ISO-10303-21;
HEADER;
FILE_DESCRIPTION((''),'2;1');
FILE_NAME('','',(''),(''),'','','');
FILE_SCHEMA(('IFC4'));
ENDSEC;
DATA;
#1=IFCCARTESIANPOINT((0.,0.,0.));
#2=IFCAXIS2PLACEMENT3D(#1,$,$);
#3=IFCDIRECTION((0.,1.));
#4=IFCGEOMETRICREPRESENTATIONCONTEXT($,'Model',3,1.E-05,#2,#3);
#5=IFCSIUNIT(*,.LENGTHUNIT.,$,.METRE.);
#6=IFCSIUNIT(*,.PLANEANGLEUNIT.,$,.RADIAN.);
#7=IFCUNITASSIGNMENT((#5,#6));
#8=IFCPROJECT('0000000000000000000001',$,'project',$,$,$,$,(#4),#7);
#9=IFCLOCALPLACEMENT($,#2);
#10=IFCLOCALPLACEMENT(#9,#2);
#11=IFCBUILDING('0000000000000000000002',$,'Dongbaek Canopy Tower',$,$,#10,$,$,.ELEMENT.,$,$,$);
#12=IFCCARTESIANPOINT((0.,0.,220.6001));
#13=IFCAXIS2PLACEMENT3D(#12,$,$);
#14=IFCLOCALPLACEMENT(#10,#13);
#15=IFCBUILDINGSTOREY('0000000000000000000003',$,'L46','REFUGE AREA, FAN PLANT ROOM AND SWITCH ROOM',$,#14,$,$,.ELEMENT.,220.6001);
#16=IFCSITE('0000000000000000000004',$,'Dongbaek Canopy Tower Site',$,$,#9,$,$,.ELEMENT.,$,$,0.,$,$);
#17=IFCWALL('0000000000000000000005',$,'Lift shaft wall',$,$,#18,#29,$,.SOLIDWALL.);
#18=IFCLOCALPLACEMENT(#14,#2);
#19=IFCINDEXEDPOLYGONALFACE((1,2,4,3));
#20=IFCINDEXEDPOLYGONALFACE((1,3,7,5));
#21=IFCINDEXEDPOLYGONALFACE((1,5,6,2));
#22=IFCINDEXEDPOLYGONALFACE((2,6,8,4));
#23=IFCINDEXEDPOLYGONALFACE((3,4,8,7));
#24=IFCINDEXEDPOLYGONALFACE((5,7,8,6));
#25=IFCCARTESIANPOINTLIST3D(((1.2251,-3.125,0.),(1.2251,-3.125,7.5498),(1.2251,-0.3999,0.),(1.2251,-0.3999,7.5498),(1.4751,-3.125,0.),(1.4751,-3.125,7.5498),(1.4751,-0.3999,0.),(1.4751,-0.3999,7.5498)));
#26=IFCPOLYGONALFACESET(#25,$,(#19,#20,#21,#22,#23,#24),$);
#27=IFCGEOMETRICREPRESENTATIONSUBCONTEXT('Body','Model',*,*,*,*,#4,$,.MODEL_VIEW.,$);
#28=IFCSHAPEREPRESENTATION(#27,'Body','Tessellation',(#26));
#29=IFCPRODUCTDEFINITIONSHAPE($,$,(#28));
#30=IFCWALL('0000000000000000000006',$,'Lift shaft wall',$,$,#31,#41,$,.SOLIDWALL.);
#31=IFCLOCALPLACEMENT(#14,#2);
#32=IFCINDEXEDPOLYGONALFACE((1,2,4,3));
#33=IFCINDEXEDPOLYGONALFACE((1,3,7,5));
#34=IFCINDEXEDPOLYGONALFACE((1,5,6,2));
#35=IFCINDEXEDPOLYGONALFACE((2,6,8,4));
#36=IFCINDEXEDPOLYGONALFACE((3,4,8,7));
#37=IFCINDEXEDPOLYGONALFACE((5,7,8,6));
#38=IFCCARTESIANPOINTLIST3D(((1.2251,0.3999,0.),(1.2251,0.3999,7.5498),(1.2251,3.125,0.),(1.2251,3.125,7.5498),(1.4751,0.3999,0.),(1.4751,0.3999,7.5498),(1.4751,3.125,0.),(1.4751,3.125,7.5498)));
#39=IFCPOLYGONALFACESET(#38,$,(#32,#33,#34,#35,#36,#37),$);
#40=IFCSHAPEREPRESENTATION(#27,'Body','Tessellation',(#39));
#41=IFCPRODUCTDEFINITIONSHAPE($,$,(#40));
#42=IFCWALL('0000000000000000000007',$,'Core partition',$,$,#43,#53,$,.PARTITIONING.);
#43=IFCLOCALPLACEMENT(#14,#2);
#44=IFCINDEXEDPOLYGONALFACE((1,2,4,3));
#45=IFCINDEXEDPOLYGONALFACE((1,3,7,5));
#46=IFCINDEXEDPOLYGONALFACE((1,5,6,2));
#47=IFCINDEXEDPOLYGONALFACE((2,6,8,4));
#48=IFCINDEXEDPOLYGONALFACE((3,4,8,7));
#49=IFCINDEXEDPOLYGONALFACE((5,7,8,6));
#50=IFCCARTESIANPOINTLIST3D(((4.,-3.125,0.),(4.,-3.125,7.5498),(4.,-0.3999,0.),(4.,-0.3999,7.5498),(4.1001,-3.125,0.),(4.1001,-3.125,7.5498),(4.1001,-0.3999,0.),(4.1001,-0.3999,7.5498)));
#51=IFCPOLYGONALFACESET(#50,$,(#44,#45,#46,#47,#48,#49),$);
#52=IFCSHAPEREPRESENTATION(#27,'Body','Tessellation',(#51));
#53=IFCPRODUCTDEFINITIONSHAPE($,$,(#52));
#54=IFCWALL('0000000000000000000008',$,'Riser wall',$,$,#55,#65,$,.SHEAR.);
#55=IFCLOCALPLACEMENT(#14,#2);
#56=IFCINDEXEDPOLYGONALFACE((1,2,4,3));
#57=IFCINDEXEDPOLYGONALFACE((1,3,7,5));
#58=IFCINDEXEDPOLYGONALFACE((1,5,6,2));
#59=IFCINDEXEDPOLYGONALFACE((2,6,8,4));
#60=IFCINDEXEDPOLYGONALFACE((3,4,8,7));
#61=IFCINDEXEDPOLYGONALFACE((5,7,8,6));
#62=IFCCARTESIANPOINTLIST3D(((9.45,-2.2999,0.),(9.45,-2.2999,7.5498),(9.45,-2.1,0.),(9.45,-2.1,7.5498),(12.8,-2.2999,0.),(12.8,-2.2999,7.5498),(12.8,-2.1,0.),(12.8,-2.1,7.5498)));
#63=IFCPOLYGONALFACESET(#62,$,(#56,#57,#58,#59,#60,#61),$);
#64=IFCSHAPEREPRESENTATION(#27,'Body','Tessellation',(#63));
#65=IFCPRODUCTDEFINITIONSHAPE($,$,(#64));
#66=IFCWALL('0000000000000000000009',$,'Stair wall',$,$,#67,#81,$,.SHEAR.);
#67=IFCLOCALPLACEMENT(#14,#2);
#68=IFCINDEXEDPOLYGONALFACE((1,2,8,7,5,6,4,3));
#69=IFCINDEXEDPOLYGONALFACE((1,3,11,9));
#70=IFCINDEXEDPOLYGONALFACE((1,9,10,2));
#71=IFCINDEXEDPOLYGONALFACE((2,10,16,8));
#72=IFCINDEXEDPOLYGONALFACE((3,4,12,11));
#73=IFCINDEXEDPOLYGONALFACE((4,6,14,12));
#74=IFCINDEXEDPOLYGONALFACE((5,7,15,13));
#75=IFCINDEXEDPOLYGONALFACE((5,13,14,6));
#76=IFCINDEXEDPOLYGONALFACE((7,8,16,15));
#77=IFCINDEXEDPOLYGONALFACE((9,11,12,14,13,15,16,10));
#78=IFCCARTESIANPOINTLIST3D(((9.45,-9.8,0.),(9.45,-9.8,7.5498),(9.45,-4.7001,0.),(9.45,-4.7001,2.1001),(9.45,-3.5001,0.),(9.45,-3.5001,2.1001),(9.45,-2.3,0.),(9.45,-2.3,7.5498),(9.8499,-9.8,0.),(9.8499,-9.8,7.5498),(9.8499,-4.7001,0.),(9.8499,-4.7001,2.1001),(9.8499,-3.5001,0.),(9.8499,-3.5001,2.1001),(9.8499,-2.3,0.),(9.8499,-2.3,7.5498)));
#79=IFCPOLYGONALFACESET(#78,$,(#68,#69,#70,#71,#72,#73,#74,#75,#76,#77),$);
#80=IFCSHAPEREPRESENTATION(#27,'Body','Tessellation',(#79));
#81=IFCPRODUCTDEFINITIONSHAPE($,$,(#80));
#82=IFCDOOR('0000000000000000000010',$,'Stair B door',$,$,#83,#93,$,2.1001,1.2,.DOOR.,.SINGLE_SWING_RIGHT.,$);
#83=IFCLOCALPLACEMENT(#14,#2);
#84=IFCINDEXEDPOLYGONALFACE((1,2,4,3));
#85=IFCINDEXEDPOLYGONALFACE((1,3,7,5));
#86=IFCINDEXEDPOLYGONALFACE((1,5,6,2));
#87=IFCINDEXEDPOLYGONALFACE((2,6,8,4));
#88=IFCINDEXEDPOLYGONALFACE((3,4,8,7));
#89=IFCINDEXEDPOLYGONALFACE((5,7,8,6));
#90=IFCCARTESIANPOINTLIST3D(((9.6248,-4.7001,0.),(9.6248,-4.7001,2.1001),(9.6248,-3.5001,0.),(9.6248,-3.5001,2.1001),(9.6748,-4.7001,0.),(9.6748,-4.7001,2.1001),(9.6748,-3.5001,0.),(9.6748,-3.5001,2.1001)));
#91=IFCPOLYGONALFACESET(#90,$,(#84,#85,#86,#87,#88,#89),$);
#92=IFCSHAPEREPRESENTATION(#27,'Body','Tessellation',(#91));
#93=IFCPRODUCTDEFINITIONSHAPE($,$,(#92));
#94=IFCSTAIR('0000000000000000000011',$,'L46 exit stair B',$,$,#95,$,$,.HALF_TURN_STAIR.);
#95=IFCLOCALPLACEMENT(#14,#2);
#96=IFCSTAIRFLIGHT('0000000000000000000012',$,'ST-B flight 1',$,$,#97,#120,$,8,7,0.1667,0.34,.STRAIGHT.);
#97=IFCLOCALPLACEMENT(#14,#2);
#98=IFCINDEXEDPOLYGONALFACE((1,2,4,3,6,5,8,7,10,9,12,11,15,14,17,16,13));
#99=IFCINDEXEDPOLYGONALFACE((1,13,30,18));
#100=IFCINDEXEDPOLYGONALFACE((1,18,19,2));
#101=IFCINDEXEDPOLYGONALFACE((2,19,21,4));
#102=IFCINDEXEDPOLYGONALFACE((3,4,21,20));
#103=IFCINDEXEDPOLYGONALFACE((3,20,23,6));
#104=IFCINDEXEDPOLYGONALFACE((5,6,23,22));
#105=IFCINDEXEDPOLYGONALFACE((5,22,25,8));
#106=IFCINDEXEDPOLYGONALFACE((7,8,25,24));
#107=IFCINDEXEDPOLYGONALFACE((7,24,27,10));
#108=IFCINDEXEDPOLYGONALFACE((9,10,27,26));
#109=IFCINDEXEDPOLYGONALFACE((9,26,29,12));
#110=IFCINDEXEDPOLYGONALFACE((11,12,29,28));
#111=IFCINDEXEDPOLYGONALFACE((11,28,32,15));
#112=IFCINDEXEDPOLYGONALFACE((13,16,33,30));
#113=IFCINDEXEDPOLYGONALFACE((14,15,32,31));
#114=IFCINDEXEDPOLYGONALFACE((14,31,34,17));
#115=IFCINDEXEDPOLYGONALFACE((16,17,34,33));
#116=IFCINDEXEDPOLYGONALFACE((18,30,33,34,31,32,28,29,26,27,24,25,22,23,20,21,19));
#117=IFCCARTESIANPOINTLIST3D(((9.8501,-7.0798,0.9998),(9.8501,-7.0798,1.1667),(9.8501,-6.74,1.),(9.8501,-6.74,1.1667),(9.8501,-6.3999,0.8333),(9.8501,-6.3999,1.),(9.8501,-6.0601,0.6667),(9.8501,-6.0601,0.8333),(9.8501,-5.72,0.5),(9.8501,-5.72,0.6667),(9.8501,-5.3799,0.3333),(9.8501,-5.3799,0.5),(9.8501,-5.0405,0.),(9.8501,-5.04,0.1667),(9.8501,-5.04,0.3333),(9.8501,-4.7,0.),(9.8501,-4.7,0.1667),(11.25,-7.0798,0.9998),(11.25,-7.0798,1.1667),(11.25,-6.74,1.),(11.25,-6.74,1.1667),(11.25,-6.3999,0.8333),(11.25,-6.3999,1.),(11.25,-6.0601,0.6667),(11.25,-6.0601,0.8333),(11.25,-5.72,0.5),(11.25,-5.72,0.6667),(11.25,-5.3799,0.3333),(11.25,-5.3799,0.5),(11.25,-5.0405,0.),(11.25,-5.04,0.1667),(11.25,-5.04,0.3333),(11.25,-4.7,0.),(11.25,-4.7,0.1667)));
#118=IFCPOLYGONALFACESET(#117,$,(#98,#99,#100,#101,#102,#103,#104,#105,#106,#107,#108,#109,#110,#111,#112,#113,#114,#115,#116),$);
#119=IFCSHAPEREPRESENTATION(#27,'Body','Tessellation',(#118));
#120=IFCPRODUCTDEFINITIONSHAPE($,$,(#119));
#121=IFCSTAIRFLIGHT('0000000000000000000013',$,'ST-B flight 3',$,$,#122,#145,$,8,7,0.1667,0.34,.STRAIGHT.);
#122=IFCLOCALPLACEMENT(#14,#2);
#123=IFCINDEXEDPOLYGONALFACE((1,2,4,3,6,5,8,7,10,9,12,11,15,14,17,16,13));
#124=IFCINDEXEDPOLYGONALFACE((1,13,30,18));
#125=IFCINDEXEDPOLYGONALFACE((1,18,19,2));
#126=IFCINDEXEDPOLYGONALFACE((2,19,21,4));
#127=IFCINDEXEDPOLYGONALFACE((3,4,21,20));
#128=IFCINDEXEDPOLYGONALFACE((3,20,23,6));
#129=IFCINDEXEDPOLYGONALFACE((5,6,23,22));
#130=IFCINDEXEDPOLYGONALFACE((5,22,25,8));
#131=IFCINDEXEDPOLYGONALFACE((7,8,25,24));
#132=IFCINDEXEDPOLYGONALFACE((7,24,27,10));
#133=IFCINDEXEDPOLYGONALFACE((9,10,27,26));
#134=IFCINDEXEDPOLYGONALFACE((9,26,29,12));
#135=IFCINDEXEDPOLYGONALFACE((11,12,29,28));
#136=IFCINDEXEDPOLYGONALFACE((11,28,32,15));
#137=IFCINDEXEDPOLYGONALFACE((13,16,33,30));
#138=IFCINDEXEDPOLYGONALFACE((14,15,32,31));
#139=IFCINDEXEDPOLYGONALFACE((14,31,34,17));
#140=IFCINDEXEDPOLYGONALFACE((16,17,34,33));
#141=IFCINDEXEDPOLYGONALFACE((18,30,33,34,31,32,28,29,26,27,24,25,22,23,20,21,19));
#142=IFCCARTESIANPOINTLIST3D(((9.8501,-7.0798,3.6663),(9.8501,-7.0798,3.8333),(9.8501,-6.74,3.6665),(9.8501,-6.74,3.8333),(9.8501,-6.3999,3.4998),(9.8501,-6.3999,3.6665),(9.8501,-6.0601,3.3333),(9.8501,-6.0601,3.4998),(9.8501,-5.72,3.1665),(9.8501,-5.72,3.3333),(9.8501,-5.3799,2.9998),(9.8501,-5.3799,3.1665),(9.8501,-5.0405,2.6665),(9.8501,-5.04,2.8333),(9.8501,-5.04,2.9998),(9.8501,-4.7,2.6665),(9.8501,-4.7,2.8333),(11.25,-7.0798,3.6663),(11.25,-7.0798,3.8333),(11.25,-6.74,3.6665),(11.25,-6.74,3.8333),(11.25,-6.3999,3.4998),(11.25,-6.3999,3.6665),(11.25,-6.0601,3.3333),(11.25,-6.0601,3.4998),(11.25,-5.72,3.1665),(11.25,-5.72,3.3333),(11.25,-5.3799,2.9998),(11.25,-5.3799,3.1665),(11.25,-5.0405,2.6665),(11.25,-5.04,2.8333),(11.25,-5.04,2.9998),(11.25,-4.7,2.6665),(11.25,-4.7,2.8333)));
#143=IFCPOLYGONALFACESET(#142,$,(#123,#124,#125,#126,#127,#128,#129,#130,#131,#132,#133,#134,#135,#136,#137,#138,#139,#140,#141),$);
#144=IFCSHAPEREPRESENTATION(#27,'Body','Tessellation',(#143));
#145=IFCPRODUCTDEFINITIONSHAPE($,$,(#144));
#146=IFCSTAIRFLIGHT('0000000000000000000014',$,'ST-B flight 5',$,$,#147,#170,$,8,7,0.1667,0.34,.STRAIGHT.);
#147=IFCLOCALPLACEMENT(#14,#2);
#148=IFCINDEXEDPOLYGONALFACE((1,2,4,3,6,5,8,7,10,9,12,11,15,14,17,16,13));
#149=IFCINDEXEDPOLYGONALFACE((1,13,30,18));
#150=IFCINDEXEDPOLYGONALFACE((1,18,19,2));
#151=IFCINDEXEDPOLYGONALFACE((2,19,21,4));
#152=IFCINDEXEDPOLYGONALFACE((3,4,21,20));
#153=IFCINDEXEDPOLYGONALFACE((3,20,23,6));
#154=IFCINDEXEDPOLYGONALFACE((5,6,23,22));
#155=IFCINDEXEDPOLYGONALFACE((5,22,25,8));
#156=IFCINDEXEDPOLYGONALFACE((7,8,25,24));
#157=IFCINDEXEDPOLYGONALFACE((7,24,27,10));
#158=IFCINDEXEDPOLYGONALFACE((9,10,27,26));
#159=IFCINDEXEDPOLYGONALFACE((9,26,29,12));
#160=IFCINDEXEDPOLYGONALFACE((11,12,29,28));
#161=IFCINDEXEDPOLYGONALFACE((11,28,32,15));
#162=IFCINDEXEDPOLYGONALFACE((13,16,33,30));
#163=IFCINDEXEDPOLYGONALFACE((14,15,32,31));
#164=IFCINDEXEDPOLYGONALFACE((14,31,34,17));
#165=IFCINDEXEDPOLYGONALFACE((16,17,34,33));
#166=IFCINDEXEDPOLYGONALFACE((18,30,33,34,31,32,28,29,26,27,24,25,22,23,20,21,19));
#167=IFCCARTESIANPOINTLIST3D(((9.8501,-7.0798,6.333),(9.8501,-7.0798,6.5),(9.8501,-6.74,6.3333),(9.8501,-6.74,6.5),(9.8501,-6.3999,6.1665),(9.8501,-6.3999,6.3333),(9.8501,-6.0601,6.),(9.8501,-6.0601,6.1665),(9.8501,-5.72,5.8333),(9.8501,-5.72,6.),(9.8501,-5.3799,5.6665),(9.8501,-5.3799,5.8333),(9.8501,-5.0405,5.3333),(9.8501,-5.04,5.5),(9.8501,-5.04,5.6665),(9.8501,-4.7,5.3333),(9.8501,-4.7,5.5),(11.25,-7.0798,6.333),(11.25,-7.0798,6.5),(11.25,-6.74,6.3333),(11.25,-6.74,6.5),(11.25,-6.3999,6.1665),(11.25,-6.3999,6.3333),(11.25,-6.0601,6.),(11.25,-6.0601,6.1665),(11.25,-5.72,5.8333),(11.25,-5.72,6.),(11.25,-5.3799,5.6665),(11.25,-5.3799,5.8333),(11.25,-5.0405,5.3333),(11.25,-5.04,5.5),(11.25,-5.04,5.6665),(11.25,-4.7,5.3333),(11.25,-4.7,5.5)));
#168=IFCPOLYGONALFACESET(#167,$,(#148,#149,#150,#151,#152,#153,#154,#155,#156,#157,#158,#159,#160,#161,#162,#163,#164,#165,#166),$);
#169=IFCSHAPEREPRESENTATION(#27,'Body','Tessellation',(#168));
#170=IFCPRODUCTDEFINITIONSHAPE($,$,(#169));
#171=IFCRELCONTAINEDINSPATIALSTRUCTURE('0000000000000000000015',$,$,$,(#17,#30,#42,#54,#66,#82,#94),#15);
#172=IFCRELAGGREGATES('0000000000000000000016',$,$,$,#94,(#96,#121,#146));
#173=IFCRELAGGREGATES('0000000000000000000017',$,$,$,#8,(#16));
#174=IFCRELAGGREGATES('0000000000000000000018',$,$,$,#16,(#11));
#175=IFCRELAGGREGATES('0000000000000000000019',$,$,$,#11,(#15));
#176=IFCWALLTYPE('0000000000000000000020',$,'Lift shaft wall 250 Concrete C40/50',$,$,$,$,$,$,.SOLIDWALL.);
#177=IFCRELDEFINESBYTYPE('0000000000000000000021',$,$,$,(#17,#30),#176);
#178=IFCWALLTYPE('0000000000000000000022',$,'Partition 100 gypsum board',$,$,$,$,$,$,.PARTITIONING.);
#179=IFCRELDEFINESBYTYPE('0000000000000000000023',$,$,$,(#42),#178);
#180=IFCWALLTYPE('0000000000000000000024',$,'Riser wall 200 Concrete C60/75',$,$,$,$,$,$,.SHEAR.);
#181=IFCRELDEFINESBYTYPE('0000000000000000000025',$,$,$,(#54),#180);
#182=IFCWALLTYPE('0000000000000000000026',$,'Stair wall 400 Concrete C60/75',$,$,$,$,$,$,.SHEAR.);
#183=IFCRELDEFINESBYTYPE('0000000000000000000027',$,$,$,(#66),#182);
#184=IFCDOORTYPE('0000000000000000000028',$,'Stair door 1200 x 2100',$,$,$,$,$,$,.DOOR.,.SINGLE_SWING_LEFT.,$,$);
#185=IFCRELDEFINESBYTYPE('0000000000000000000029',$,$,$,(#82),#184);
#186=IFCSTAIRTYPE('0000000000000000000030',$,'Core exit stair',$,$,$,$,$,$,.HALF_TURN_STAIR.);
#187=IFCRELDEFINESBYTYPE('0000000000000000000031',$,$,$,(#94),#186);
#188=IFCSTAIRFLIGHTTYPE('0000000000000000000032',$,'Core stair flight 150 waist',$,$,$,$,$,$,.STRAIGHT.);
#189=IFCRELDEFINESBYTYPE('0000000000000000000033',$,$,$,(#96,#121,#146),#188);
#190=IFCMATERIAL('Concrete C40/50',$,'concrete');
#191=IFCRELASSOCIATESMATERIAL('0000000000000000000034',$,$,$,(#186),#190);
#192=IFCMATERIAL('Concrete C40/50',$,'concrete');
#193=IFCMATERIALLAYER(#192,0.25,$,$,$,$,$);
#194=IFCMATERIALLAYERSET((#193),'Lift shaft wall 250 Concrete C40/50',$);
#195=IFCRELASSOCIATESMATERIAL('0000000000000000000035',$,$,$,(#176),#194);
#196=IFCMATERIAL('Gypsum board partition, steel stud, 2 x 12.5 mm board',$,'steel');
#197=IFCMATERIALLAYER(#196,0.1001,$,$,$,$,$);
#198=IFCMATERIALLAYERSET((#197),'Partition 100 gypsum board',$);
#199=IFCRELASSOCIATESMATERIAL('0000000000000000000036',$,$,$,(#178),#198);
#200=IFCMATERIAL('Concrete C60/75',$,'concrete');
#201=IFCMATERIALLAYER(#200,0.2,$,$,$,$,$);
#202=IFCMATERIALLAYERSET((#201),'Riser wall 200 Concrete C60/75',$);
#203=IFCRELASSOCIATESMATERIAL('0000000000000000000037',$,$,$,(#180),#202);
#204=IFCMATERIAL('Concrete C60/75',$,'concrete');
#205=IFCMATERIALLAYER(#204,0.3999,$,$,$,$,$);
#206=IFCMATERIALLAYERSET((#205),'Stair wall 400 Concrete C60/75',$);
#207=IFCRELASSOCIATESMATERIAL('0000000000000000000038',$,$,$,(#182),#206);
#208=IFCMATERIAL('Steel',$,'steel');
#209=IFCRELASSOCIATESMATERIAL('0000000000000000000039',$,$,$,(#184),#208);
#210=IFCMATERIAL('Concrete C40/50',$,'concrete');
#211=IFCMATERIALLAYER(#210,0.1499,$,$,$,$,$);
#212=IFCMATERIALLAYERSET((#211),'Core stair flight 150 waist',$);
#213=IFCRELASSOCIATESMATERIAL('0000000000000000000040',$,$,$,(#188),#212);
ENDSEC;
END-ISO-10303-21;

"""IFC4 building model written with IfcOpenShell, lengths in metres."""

from ifc_helpers import new_model, si_unit, direction, frame, frame_2d, origin, place, context, subcontext, project, spatial, polyline, rectangle, outline, extrude, material, layer, layer_set, type_object, element, fill, aggregate, save


model = new_model("IFC4")

# Units and contexts
model_context = context("Model", 3, precision=1e-05, world=origin(), true_north=direction((0.0, 1.0)))
body_context = subcontext(model_context, "Body", "Model", "MODEL_VIEW")
ifc_project = project(units=[si_unit("LENGTHUNIT", "METRE"), si_unit("PLANEANGLEUNIT", "RADIAN")], contexts=[model_context])

# Site, building, storey
site_placement = place(None, origin())
site = spatial("IfcSite", under=ifc_project, at=site_placement, Name="Dongbaek Canopy Tower Site", CompositionType="ELEMENT", RefElevation=0.0)
building_placement = place(site_placement, origin())
building = spatial("IfcBuilding", under=site, at=building_placement, Name="Dongbaek Canopy Tower", CompositionType="ELEMENT")
storey_placement = place(building_placement, frame((0.0, 0.0, 220.6001)))
storey = spatial("IfcBuildingStorey", under=building, at=storey_placement, Name="L46", Description="REFUGE AREA, FAN PLANT ROOM AND SWITCH ROOM", CompositionType="ELEMENT", Elevation=220.6001)

# Shared definitions
ifc_material_1 = material(Name="Concrete C40/50", Category="concrete")
stair_type = type_object("IfcStairType", Name="Core exit stair", PredefinedType="HALF_TURN_STAIR", material=ifc_material_1)

# Walls
ifc_material_2 = material(Name="Concrete C40/50", Category="concrete")
ifc_layer_1 = layer(ifc_material_2, 0.25)
ifc_layer_set_1 = layer_set([ifc_layer_1], Name="Lift shaft wall 250 Concrete C40/50")
wall_type_1 = type_object("IfcWallType", Name="Lift shaft wall 250 Concrete C40/50", PredefinedType="SOLIDWALL", material=ifc_layer_set_1)
for number, where, z_axis, x_axis, name in (
    (1, (1.3501, -3.125, 0.0), (0.0, 0.0, 1.0), (0.0, 1.0, 0.0), "Lift shaft wall"),
    (2, (1.3501, 0.3999, 0.0), (0.0, 0.0, 1.0), (0.0, 1.0, 0.0), "Lift shaft wall"),
):
    element("IfcWall", number, at=place(storey_placement, frame(where, z_axis=z_axis, x_axis=x_axis)), inside=storey, type_object=wall_type_1, Name=name, PredefinedType="SOLIDWALL", context=body_context, shape_type="SweptSolid", body=[
        extrude(rectangle(XDim=2.7251, YDim=0.25, at=frame_2d((1.3625, 0.0))), origin(), (0.0, 0.0, 1.0), 7.5498),
    ])
ifc_material_3 = material(Name="Gypsum board partition, steel stud, 2 x 12.5 mm board", Category="steel")
ifc_layer_2 = layer(ifc_material_3, 0.1001)
ifc_layer_set_2 = layer_set([ifc_layer_2], Name="Partition 100 gypsum board")
wall_type_2 = type_object("IfcWallType", Name="Partition 100 gypsum board", PredefinedType="PARTITIONING", material=ifc_layer_set_2)
wall_1_placement = place(storey_placement, frame((4.05, -3.125, 0.0), z_axis=(0.0, 0.0, 1.0), x_axis=(0.0, 1.0, 0.0)))
element("IfcWall", 3, at=wall_1_placement, inside=storey, type_object=wall_type_2, Name="Core partition", PredefinedType="PARTITIONING", context=body_context, shape_type="SweptSolid", body=[
    extrude(rectangle(XDim=2.7251, YDim=0.1001, at=frame_2d((1.3625, 0.0))), origin(), (0.0, 0.0, 1.0), 7.5498),
])
ifc_material_4 = material(Name="Concrete C60/75", Category="concrete")
ifc_layer_3 = layer(ifc_material_4, 0.2)
ifc_layer_set_3 = layer_set([ifc_layer_3], Name="Riser wall 200 Concrete C60/75")
wall_type_3 = type_object("IfcWallType", Name="Riser wall 200 Concrete C60/75", PredefinedType="SHEAR", material=ifc_layer_set_3)
wall_2_placement = place(storey_placement, frame((9.45, -2.2, 0.0), z_axis=(0.0, 0.0, 1.0), x_axis=(1.0, 0.0, 0.0)))
element("IfcWall", 4, at=wall_2_placement, inside=storey, type_object=wall_type_3, Name="Riser wall", PredefinedType="SHEAR", context=body_context, shape_type="SweptSolid", body=[
    extrude(rectangle(XDim=3.3501, YDim=0.2, at=frame_2d((1.675, 0.0))), origin(), (0.0, 0.0, 1.0), 7.5498),
])

# Wall, opening, door
ifc_material_5 = material(Name="Concrete C60/75", Category="concrete")
ifc_layer_4 = layer(ifc_material_5, 0.3999)
ifc_layer_set_4 = layer_set([ifc_layer_4], Name="Stair wall 400 Concrete C60/75")
wall_type_4 = type_object("IfcWallType", Name="Stair wall 400 Concrete C60/75", PredefinedType="SHEAR", material=ifc_layer_set_4)
wall_3_placement = place(storey_placement, frame((9.6499, -2.3, 0.0), z_axis=(0.0, 0.0, 1.0), x_axis=(0.0, -1.0, 0.0)))
wall_3 = element("IfcWall", 5, at=wall_3_placement, inside=storey, type_object=wall_type_4, Name="Stair wall", PredefinedType="SHEAR", context=body_context, shape_type="SweptSolid", body=[
    extrude(rectangle(XDim=7.5, YDim=0.3999, at=frame_2d((3.75, 0.0))), origin(), (0.0, 0.0, 1.0), 7.5498),
])
opening_1_placement = place(wall_3_placement, frame((1.2, 0.0, 0.0)))
opening_1 = element("IfcOpeningElement", 6, at=opening_1_placement, cuts=wall_3, PredefinedType="OPENING", context=body_context, shape_type="SweptSolid", body=[
    extrude(rectangle(XDim=1.2, YDim=2.1001, at=frame_2d((0.6001, 1.05))), frame((0.0, 0.21, 0.0), z_axis=(0.0, -1.0, 0.0), x_axis=(1.0, 0.0, 0.0)), (0.0, 0.0, 1.0), 0.4199),
])
ifc_material_6 = material(Name="Steel", Category="steel")
door_type_1 = type_object("IfcDoorType", Name="Stair door 1200 x 2100", OperationType="SINGLE_SWING_LEFT", PredefinedType="DOOR", material=ifc_material_6)
door_1_placement = place(opening_1_placement, origin())
door_1 = element("IfcDoor", 7, at=door_1_placement, inside=storey, type_object=door_type_1, Name="Stair B door", OperationType="SINGLE_SWING_RIGHT", OverallHeight=2.1001, OverallWidth=1.2, PredefinedType="DOOR", context=body_context, shape_type="SweptSolid", body=[
    extrude(rectangle(XDim=1.2, YDim=2.1001, at=frame_2d((0.6001, 1.05))), frame((0.0, 0.0249, 0.0), z_axis=(0.0, -1.0, 0.0), x_axis=(1.0, 0.0, 0.0)), (0.0, 0.0, 1.0), 0.05),
])
fill(opening_1, door_1)

# Stair, stair flights
stair_1_placement = place(storey_placement, origin())
stair_1 = element("IfcStair", 8, at=stair_1_placement, inside=storey, type_object=stair_type, Name="L46 exit stair B", PredefinedType="HALF_TURN_STAIR")
ifc_material_7 = material(Name="Concrete C40/50", Category="concrete")
ifc_layer_5 = layer(ifc_material_7, 0.1499)
ifc_layer_set_5 = layer_set([ifc_layer_5], Name="Core stair flight 150 waist")
stair_flight_type = type_object("IfcStairFlightType", Name="Core stair flight 150 waist", PredefinedType="STRAIGHT", material=ifc_layer_set_5)
stair_flight_1_placement = place(storey_placement, frame((10.55, -4.7, 0.0), z_axis=(0.0, 0.0, 1.0), x_axis=(0.0, -1.0, 0.0)))
stair_flight_1 = element("IfcStairFlight", 9, at=stair_flight_1_placement, type_object=stair_flight_type, Name="ST-B flight 1", NumberOfRisers=8, NumberOfTreads=7, PredefinedType="STRAIGHT", RiserHeight=0.1667, TreadLength=0.34, context=body_context, shape_type="SweptSolid", body=[
    extrude(outline(polyline([(0.0, 0.0), (0.0, 0.1667), (0.3401, 0.1667), (0.3401, 0.3333), (0.6799, 0.3333), (0.6799, 0.5), (1.02, 0.5), (1.02, 0.6667), (1.3601, 0.6667), (1.3601, 0.8333), (1.7, 0.8333), (1.7, 1.0), (2.04, 1.0), (2.04, 1.1667), (2.3799, 1.1667), (2.3799, 1.3333), (2.3799, 0.9998), (0.3406, 0.0), (0.0, 0.0)])), frame((0.0, 0.7, 0.0), z_axis=(0.0, -1.0, 0.0), x_axis=(1.0, 0.0, 0.0)), (0.0, 0.0, 1.0), 1.3999),
])
stair_flight_2_placement = place(storey_placement, frame((10.55, -4.7, 2.6665), z_axis=(0.0, 0.0, 1.0), x_axis=(0.0, -1.0, 0.0)))
stair_flight_2 = element("IfcStairFlight", 10, at=stair_flight_2_placement, type_object=stair_flight_type, Name="ST-B flight 3", NumberOfRisers=8, NumberOfTreads=7, PredefinedType="STRAIGHT", RiserHeight=0.1667, TreadLength=0.34, context=body_context, shape_type="SweptSolid", body=[
    extrude(outline(polyline([(0.0, 0.0), (0.0, 0.1667), (0.3401, 0.1667), (0.3401, 0.3333), (0.6799, 0.3333), (0.6799, 0.5), (1.02, 0.5), (1.02, 0.6667), (1.3601, 0.6667), (1.3601, 0.8333), (1.7, 0.8333), (1.7, 1.0), (2.04, 1.0), (2.04, 1.1667), (2.3799, 1.1667), (2.3799, 1.3333), (2.3799, 0.9998), (0.3406, 0.0), (0.0, 0.0)])), frame((0.0, 0.7, 0.0), z_axis=(0.0, -1.0, 0.0), x_axis=(1.0, 0.0, 0.0)), (0.0, 0.0, 1.0), 1.3999),
])
stair_flight_3_placement = place(storey_placement, frame((10.55, -4.7, 5.3333), z_axis=(0.0, 0.0, 1.0), x_axis=(0.0, -1.0, 0.0)))
stair_flight_3 = element("IfcStairFlight", 11, at=stair_flight_3_placement, type_object=stair_flight_type, Name="ST-B flight 5", NumberOfRisers=8, NumberOfTreads=7, PredefinedType="STRAIGHT", RiserHeight=0.1667, TreadLength=0.34, context=body_context, shape_type="SweptSolid", body=[
    extrude(outline(polyline([(0.0, 0.0), (0.0, 0.1667), (0.3401, 0.1667), (0.3401, 0.3333), (0.6799, 0.3333), (0.6799, 0.5), (1.02, 0.5), (1.02, 0.6667), (1.3601, 0.6667), (1.3601, 0.8333), (1.7, 0.8333), (1.7, 1.0), (2.04, 1.0), (2.04, 1.1667), (2.3799, 1.1667), (2.3799, 1.3333), (2.3799, 0.9998), (0.3406, 0.0), (0.0, 0.0)])), frame((0.0, 0.7, 0.0), z_axis=(0.0, -1.0, 0.0), x_axis=(1.0, 0.0, 0.0)), (0.0, 0.0, 1.0), 1.3999),
])
aggregate(stair_1, [stair_flight_1, stair_flight_2, stair_flight_3])

save(model, "model.ifc")
